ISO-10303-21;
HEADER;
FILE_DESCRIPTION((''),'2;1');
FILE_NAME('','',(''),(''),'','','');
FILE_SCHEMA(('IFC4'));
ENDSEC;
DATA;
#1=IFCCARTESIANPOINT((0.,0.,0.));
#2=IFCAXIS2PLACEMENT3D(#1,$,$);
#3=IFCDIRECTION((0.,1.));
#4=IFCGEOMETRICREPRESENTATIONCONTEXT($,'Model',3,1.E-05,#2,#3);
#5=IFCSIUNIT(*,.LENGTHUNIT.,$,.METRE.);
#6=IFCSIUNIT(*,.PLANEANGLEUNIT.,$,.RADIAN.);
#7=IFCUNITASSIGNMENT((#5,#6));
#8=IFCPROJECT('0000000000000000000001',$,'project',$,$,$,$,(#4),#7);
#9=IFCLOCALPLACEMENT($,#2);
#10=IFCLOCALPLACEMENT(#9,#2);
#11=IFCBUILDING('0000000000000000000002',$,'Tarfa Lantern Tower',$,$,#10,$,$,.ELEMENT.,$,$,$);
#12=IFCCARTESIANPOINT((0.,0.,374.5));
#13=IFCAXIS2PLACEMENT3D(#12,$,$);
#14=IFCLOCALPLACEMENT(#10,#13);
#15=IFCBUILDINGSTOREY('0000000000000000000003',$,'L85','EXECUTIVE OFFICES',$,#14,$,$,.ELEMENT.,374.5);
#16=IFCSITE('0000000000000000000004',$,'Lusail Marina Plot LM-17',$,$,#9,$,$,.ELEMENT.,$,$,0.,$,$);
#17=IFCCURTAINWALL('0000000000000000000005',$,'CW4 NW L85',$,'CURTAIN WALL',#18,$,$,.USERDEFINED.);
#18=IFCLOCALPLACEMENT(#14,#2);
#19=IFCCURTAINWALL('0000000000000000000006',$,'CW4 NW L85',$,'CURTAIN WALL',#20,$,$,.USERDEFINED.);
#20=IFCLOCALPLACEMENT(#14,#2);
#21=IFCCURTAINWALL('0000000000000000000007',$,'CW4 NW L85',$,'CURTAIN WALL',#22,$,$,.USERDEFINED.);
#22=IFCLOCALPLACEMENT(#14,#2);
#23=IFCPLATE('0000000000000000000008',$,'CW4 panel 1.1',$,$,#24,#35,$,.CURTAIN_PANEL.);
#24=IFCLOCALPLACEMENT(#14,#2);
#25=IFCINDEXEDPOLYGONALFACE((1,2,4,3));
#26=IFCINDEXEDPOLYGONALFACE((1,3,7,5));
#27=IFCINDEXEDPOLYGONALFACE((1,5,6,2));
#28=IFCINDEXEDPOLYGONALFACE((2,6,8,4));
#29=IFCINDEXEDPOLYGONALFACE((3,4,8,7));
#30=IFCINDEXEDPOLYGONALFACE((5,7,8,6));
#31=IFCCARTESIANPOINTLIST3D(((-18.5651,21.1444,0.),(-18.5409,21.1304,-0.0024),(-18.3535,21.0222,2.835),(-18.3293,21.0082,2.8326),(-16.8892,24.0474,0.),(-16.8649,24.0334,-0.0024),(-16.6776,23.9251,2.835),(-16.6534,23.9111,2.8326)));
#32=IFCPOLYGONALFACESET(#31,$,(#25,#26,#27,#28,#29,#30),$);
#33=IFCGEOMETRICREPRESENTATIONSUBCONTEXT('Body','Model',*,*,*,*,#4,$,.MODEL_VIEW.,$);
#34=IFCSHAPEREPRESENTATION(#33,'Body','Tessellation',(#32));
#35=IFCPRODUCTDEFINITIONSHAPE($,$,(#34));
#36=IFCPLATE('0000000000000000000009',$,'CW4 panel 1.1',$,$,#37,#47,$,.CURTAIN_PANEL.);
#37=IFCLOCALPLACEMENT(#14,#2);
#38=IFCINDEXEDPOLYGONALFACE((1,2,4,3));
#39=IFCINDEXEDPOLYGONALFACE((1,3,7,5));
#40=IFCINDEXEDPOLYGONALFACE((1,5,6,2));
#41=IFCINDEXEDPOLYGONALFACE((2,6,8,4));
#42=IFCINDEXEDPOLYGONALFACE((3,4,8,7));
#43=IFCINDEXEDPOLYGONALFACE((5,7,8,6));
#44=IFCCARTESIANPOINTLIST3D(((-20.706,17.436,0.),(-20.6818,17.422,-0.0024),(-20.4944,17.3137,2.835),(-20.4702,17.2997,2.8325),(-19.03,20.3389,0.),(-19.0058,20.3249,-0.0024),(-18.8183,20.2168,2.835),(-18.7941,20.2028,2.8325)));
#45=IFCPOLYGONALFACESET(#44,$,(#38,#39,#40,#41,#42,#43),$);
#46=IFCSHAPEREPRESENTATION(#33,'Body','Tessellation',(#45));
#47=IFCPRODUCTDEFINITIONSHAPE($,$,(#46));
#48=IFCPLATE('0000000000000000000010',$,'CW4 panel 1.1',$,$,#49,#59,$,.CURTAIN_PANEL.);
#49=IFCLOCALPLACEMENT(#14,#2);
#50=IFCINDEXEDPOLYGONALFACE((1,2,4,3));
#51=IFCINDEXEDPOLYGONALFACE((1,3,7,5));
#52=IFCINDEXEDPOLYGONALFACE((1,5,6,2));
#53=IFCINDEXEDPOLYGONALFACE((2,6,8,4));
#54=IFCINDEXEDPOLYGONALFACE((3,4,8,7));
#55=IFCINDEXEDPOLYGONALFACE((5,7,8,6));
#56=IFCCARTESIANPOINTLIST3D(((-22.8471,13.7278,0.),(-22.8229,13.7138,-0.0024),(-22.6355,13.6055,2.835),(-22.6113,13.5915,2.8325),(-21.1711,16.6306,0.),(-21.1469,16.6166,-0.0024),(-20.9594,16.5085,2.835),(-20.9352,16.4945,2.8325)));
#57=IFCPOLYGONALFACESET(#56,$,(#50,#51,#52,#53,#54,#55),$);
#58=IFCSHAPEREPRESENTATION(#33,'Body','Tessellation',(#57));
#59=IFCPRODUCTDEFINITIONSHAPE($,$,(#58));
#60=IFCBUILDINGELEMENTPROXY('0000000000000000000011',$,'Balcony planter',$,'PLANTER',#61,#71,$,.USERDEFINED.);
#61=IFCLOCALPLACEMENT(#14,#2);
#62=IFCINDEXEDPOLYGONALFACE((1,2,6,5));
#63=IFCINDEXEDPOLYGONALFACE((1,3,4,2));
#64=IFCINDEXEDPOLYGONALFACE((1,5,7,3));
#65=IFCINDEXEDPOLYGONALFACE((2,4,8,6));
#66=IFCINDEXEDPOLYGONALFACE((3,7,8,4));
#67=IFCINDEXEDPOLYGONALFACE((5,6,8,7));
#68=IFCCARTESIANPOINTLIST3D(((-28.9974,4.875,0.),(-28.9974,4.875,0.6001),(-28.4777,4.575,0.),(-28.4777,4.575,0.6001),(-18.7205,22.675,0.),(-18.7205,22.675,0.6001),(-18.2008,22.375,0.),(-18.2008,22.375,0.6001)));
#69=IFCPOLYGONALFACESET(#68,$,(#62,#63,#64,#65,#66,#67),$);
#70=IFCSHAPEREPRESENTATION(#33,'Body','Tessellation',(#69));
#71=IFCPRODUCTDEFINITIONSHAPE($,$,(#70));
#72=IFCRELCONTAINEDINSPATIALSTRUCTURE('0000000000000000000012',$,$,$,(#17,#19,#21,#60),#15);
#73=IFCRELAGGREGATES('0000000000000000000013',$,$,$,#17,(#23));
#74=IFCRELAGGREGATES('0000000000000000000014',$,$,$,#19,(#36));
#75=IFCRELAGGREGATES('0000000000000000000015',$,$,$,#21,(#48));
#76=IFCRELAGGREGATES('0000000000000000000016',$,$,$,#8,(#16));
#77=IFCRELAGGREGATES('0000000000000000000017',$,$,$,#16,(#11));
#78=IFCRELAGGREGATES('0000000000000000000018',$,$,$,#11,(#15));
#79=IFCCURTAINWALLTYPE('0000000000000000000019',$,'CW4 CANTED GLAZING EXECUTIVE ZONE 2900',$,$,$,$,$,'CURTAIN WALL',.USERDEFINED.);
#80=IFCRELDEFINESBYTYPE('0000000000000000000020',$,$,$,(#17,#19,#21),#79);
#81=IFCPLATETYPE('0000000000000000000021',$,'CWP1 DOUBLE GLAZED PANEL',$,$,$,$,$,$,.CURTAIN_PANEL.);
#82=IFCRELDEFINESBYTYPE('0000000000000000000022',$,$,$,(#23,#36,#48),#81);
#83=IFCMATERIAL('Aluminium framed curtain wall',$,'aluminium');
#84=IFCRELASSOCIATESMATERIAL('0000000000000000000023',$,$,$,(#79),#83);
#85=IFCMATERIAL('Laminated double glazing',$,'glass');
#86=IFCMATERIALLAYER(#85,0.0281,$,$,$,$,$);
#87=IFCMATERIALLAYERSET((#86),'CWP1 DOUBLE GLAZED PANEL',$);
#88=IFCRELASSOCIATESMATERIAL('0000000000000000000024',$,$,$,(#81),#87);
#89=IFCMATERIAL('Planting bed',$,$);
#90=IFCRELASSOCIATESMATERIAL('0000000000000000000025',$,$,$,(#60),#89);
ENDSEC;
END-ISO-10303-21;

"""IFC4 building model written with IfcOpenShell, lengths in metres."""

from ifc_helpers import new_model, si_unit, direction, frame, origin, origin_2d, place, context, subcontext, project, spatial, polyline, rectangle, outline, extrude, material, layer, layer_set, type_object, element, aggregate, save


model = new_model("IFC4")

# Units and contexts
model_context = context("Model", 3, precision=1e-05, world=origin(), true_north=direction((0.0, 1.0)))
body_context = subcontext(model_context, "Body", "Model", "MODEL_VIEW")
ifc_project = project(units=[si_unit("LENGTHUNIT", "METRE"), si_unit("PLANEANGLEUNIT", "RADIAN")], contexts=[model_context])

# Site, building, storey
site_placement = place(None, origin())
site = spatial("IfcSite", under=ifc_project, at=site_placement, Name="Lusail Marina Plot LM-17", CompositionType="ELEMENT", RefElevation=0.0)
building_placement = place(site_placement, origin())
building = spatial("IfcBuilding", under=site, at=building_placement, Name="Tarfa Lantern Tower", CompositionType="ELEMENT")
storey_placement = place(building_placement, frame((0.0, 0.0, 374.5)))
storey = spatial("IfcBuildingStorey", under=building, at=storey_placement, Name="L85", Description="EXECUTIVE OFFICES", CompositionType="ELEMENT", Elevation=374.5)

# Curtain walls
ifc_material_1 = material(Name="Aluminium framed curtain wall", Category="aluminium")
curtain_wall_type = type_object("IfcCurtainWallType", Name="CW4 CANTED GLAZING EXECUTIVE ZONE 2900", ElementType="CURTAIN WALL", PredefinedType="USERDEFINED", material=ifc_material_1)
curtain_wall_1_placement = place(storey_placement, origin())
curtain_wall_1 = element("IfcCurtainWall", 1, at=curtain_wall_1_placement, inside=storey, type_object=curtain_wall_type, Name="CW4 NW L85", ObjectType="CURTAIN WALL", PredefinedType="USERDEFINED")
curtain_wall_2_placement = place(storey_placement, origin())
curtain_wall_2 = element("IfcCurtainWall", 2, at=curtain_wall_2_placement, inside=storey, type_object=curtain_wall_type, Name="CW4 NW L85", ObjectType="CURTAIN WALL", PredefinedType="USERDEFINED")
curtain_wall_3_placement = place(storey_placement, origin())
curtain_wall_3 = element("IfcCurtainWall", 3, at=curtain_wall_3_placement, inside=storey, type_object=curtain_wall_type, Name="CW4 NW L85", ObjectType="CURTAIN WALL", PredefinedType="USERDEFINED")

# Plates
ifc_material_2 = material(Name="Laminated double glazing", Category="glass")
ifc_layer = layer(ifc_material_2, 0.0281)
ifc_layer_set = layer_set([ifc_layer], Name="CWP1 DOUBLE GLAZED PANEL")
plate_type = type_object("IfcPlateType", Name="CWP1 DOUBLE GLAZED PANEL", PredefinedType="CURTAIN_PANEL", material=ifc_layer_set)
plate_1_placement = place(storey_placement, frame((-16.8892, 24.0474, 0.0), z_axis=(-0.862843, 0.498127, 0.085857), x_axis=(-0.499973, -0.866041, 0.000004)))
plate_1 = element("IfcPlate", 4, at=plate_1_placement, type_object=plate_type, Name="CW4 panel 1.1", PredefinedType="CURTAIN_PANEL", context=body_context, shape_type="SweptSolid", body=[
    extrude(outline(polyline([(0.0, 0.0), (3.352, 0.0), (3.3521, 2.8455), (0.0001, 2.8455), (0.0, 0.0)])), origin(), (0.0, 0.0, -1.0), 0.0281),
])
aggregate(curtain_wall_1, [plate_1])
plate_2_placement = place(storey_placement, frame((-19.03, 20.3389, 0.0), z_axis=(-0.862824, 0.498153, 0.085893), x_axis=(-0.500001, -0.866025, -0.000002)))
plate_2 = element("IfcPlate", 5, at=plate_2_placement, type_object=plate_type, Name="CW4 panel 1.1", PredefinedType="CURTAIN_PANEL", context=body_context, shape_type="SweptSolid", body=[
    extrude(outline(polyline([(0.0, 0.0), (3.3519, 0.0), (3.352, 2.8455), (-0.0001, 2.8455), (0.0, 0.0)])), origin(), (0.0, 0.0, -1.0), 0.0281),
])
aggregate(curtain_wall_2, [plate_2])
plate_3_placement = place(storey_placement, frame((-21.1711, 16.6306, 0.0), z_axis=(-0.862824, 0.498153, 0.085893), x_axis=(-0.500001, -0.866025, -0.000002)))
plate_3 = element("IfcPlate", 6, at=plate_3_placement, type_object=plate_type, Name="CW4 panel 1.1", PredefinedType="CURTAIN_PANEL", context=body_context, shape_type="SweptSolid", body=[
    extrude(outline(polyline([(0.0, 0.0), (3.3519, 0.0), (3.352, 2.8455), (-0.0001, 2.8455), (0.0, 0.0)])), origin(), (0.0, 0.0, -1.0), 0.0281),
])
aggregate(curtain_wall_3, [plate_3])

# Building element proxy
ifc_material_3 = material(Name="Planting bed")
proxy_placement = place(storey_placement, frame((-23.5991, 13.625, 0.0), z_axis=(0.0, 0.0, 1.0), x_axis=(-0.5, -0.866025, 0.0)))
element("IfcBuildingElementProxy", 7, at=proxy_placement, inside=storey, material=ifc_material_3, Name="Balcony planter", ObjectType="PLANTER", PredefinedType="USERDEFINED", context=body_context, shape_type="SweptSolid", body=[
    extrude(rectangle(XDim=20.5537, YDim=0.6001, at=origin_2d()), origin(), (0.0, 0.0, 1.0), 0.6001),
])

save(model, "model.ifc")
